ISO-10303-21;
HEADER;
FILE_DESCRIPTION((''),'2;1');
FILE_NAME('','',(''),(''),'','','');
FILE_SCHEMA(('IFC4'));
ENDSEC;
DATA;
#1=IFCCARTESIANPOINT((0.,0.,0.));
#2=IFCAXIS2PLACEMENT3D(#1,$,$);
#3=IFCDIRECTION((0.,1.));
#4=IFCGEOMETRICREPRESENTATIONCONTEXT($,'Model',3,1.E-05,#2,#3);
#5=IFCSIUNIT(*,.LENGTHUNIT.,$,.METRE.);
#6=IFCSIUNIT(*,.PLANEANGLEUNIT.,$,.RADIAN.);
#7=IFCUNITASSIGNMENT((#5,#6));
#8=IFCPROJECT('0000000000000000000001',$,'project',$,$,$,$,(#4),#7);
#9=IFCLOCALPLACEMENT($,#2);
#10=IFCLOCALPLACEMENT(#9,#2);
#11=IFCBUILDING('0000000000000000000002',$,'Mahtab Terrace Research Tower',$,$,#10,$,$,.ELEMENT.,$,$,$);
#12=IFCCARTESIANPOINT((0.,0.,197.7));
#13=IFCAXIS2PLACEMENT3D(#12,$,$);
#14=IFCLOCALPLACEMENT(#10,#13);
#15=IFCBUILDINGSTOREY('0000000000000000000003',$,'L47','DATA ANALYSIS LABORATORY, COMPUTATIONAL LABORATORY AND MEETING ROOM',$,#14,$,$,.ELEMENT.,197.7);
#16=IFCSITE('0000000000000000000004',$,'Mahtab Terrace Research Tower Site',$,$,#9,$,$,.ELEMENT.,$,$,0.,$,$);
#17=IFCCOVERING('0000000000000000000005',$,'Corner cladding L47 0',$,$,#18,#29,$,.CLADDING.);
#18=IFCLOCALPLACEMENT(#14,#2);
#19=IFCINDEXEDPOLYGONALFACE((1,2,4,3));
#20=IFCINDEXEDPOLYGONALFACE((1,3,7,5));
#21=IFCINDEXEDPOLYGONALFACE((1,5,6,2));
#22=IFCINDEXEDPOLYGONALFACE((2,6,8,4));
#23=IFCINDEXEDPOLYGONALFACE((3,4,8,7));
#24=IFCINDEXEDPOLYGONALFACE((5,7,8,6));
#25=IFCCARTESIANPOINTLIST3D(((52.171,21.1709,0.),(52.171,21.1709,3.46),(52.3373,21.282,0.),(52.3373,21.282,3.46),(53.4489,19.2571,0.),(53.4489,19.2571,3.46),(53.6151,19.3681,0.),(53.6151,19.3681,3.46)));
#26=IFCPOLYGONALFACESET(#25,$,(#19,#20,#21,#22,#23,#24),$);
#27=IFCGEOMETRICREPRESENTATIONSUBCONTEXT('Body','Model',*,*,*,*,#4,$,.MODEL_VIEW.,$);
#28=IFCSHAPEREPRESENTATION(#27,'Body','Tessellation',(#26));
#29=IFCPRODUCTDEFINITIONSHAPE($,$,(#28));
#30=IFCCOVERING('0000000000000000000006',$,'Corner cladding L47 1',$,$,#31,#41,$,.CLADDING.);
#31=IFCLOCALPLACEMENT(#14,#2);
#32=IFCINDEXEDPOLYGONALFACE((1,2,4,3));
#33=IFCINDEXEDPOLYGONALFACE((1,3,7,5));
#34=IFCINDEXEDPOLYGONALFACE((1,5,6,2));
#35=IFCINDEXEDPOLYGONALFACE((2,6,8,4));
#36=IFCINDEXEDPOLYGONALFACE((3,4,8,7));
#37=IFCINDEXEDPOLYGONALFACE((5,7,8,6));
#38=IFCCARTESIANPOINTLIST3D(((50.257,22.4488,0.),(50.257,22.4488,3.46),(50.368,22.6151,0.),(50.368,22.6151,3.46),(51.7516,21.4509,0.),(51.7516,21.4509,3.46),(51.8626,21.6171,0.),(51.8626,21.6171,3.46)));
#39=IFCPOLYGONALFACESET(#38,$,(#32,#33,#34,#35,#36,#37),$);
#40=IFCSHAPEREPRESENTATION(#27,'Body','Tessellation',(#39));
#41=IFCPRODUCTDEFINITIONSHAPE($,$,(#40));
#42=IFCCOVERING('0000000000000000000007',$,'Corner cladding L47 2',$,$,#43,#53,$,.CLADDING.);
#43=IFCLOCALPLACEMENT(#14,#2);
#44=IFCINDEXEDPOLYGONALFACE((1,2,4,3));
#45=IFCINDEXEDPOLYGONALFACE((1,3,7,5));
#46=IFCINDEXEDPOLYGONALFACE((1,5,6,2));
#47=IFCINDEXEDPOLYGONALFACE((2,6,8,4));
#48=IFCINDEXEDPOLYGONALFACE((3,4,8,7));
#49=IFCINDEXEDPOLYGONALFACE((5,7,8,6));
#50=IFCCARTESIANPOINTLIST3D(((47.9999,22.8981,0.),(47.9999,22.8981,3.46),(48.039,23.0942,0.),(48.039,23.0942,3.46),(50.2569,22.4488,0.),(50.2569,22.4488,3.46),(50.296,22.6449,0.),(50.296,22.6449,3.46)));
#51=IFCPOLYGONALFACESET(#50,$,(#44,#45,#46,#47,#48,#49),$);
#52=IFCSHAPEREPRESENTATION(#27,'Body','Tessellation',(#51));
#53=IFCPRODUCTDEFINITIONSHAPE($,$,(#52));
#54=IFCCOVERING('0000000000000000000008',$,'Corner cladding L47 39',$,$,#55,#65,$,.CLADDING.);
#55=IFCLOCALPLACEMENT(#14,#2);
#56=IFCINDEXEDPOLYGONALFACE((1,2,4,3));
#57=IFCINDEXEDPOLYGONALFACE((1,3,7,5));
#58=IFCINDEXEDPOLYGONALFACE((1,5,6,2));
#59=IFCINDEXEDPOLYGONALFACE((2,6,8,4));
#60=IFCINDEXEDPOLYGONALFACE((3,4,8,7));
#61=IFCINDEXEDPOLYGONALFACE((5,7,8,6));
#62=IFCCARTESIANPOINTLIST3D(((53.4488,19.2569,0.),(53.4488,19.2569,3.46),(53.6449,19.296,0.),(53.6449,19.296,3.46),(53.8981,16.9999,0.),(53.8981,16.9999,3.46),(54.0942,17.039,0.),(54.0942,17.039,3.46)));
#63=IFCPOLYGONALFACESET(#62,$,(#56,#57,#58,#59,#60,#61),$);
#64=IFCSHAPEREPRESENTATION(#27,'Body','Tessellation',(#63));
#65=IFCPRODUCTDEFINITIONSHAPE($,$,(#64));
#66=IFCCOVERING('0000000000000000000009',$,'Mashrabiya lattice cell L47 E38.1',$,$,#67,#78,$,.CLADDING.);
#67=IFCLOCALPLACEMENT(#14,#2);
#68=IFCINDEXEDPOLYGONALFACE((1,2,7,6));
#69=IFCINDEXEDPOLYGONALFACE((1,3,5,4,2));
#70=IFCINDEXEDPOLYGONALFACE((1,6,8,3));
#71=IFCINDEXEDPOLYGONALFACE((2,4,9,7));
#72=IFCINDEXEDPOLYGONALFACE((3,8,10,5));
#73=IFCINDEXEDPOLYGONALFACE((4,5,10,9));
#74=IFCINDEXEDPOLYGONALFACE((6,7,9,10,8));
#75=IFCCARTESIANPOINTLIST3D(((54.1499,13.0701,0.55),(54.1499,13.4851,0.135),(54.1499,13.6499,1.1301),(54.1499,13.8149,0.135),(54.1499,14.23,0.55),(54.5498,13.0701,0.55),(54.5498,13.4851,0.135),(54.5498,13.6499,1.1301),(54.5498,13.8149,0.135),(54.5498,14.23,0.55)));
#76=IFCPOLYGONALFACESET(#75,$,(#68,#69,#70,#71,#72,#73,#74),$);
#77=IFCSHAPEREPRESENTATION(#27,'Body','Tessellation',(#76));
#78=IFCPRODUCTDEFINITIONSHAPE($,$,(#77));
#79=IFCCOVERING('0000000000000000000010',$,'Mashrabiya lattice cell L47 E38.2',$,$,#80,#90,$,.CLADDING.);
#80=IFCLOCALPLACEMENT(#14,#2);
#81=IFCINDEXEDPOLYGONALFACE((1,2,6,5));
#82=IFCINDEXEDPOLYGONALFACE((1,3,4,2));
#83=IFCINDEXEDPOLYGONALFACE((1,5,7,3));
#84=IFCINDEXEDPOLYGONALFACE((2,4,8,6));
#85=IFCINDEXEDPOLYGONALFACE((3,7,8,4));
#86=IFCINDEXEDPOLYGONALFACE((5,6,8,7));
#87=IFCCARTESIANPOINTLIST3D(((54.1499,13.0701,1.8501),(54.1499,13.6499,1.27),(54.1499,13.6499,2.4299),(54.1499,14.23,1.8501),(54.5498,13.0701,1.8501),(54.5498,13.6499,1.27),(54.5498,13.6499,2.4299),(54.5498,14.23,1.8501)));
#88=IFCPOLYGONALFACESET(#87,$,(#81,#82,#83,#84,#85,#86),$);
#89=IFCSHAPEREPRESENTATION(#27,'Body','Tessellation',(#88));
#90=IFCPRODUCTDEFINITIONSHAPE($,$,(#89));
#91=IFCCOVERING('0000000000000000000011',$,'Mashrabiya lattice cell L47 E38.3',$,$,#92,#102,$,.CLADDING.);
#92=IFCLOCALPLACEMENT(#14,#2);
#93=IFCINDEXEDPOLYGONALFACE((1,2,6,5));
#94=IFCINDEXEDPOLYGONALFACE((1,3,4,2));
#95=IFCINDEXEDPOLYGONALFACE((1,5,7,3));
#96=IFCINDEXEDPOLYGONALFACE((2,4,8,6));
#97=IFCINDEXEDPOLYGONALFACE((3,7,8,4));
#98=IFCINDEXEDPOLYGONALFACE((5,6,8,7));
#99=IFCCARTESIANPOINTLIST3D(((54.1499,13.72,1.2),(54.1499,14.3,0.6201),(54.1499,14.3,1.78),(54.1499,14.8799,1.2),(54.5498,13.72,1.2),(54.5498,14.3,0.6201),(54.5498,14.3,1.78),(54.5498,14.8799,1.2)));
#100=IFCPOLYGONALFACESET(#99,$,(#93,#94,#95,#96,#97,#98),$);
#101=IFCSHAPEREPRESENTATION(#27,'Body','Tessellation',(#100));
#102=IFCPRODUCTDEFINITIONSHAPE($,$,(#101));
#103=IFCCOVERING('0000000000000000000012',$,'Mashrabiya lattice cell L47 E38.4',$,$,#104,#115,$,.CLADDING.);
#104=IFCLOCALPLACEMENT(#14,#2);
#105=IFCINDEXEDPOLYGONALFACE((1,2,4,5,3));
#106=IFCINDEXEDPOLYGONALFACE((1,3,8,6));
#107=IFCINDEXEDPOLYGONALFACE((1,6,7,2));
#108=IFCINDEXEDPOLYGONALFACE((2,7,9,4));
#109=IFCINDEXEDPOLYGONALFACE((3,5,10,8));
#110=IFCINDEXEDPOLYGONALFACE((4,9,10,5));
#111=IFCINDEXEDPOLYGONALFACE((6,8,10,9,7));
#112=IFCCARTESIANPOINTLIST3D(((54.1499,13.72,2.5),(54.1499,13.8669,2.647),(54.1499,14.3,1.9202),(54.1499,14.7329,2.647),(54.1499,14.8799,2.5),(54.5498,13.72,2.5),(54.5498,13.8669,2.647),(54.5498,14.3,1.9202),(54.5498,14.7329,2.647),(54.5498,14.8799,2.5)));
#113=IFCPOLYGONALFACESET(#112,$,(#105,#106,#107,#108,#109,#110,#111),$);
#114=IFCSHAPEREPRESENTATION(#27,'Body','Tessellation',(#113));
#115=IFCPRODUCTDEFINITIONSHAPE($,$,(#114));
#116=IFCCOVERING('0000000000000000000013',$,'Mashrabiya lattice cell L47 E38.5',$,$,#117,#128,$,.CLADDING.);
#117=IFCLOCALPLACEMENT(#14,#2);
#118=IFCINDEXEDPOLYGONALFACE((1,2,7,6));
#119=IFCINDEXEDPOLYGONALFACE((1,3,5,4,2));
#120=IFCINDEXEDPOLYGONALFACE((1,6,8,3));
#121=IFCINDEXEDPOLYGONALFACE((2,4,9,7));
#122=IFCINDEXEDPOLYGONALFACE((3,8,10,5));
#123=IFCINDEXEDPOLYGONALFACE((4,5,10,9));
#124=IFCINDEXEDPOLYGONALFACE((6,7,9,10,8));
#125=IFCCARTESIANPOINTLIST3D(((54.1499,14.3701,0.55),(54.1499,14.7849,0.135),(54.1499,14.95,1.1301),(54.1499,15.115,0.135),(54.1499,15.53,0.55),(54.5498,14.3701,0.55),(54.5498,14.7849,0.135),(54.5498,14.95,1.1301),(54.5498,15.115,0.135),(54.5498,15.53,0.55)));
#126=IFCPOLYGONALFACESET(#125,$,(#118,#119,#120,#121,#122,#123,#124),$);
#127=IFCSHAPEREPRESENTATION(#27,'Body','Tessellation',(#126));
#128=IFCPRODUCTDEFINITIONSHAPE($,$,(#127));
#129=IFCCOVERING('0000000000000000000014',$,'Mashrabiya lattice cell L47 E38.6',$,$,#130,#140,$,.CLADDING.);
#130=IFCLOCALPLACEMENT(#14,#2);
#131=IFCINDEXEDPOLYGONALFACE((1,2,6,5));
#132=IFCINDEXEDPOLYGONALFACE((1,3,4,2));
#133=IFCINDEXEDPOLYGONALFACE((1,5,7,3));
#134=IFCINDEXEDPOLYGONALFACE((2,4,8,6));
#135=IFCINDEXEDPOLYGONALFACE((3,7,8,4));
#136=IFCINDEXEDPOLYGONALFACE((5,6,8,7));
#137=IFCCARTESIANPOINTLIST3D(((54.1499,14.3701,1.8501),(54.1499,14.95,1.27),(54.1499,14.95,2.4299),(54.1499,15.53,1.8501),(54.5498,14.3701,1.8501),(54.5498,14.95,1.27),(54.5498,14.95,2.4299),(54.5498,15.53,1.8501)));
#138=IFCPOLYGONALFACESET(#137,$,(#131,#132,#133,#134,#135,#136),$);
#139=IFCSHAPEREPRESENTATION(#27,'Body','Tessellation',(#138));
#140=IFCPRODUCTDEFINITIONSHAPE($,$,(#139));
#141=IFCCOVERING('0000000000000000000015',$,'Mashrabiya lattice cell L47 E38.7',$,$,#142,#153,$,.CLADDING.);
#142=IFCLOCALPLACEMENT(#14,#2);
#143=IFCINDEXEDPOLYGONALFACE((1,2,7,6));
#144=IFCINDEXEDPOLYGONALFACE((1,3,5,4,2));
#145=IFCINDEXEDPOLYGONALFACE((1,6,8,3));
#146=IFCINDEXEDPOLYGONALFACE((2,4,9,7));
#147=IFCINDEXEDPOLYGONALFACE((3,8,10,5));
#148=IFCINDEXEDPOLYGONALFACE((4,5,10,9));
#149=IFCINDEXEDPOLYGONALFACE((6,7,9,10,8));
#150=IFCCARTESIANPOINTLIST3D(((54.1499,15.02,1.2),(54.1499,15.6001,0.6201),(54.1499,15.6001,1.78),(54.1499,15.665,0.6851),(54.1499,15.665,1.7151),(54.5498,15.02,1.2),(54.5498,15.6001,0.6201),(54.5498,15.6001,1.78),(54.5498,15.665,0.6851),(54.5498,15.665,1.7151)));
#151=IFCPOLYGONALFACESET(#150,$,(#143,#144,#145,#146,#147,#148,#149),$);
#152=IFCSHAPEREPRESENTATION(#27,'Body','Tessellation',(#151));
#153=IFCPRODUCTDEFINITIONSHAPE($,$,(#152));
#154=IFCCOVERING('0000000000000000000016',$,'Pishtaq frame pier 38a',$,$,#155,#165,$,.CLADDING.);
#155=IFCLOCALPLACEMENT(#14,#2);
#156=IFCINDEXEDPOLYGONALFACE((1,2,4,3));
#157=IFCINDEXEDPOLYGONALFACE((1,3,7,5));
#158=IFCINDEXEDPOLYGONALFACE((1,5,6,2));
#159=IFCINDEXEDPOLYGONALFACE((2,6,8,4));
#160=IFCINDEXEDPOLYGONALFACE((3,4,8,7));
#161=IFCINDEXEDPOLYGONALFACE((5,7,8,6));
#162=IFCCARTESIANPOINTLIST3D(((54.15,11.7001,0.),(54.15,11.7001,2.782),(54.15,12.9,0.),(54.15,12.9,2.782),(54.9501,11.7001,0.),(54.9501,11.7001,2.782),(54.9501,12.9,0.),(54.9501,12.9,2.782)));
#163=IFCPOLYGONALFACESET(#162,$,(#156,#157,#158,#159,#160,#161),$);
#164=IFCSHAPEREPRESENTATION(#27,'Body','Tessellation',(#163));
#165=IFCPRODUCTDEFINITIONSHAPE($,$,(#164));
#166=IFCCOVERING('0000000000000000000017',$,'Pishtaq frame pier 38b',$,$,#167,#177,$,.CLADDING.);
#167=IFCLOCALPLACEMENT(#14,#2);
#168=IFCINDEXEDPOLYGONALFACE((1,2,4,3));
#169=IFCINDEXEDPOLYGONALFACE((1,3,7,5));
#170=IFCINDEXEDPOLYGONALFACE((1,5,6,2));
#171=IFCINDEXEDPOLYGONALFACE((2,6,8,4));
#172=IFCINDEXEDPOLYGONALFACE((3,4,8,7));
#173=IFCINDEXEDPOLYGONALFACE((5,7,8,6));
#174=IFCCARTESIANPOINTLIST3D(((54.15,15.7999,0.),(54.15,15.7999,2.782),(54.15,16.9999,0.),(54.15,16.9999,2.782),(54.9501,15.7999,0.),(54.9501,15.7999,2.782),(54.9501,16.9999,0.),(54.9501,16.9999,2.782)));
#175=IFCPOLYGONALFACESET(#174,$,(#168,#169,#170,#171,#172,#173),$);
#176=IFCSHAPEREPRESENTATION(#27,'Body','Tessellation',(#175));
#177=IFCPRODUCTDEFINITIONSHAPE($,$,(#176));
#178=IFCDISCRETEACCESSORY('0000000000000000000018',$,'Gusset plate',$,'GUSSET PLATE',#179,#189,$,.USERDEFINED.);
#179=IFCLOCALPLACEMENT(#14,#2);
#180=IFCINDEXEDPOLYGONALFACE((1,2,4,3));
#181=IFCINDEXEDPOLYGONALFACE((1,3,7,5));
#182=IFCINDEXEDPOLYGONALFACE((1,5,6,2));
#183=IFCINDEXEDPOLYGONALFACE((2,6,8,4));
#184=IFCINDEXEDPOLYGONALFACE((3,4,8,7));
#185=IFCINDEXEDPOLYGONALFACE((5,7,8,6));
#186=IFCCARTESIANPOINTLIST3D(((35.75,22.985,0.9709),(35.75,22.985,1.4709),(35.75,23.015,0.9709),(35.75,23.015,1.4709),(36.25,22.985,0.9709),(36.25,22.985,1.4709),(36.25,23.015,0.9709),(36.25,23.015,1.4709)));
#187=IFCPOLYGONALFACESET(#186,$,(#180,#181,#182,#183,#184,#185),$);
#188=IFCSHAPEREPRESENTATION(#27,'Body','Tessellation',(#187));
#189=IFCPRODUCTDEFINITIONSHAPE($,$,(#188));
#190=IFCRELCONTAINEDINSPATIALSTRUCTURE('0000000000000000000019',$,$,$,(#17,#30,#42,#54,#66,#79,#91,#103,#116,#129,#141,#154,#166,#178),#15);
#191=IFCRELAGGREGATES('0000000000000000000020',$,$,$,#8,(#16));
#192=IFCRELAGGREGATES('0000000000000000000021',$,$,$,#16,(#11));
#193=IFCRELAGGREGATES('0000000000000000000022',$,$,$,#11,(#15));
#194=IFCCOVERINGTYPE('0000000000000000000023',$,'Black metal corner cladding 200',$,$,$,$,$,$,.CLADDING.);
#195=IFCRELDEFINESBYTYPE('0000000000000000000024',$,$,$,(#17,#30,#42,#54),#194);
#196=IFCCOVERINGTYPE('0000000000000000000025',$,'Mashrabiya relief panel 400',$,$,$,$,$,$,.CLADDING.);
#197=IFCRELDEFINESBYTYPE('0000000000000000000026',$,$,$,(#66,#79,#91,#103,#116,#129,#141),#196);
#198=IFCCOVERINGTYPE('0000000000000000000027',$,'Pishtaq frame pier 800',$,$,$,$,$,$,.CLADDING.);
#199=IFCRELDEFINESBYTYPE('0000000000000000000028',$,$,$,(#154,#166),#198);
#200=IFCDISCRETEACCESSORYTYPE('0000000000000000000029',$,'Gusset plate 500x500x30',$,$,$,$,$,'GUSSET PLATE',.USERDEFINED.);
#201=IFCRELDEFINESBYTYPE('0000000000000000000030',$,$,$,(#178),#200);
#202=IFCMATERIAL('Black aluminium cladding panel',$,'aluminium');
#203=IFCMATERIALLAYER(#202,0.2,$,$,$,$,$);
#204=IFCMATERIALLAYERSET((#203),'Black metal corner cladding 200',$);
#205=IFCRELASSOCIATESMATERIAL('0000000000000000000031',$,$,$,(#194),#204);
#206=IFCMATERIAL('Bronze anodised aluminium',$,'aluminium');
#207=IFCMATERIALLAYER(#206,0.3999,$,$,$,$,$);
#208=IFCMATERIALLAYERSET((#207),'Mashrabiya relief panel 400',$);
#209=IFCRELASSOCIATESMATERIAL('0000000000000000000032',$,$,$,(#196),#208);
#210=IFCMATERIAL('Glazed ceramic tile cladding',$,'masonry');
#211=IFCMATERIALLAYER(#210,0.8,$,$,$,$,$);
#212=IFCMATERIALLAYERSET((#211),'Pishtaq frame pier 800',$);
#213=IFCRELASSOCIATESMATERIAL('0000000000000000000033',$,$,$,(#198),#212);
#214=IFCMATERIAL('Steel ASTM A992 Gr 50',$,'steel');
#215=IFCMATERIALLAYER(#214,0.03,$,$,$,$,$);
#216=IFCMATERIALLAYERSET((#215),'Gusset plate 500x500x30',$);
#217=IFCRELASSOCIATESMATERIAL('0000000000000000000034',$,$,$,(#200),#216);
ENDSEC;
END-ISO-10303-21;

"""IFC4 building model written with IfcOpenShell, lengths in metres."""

from ifc_helpers import new_model, si_unit, direction, frame, origin, origin_2d, place, context, subcontext, project, spatial, polyline, rectangle, outline, extrude, material, layer, layer_set, type_object, element, save


model = new_model("IFC4")

# Units and contexts
model_context = context("Model", 3, precision=1e-05, world=origin(), true_north=direction((0.0, 1.0)))
body_context = subcontext(model_context, "Body", "Model", "MODEL_VIEW")
ifc_project = project(units=[si_unit("LENGTHUNIT", "METRE"), si_unit("PLANEANGLEUNIT", "RADIAN")], contexts=[model_context])

# Site, building, storey
site_placement = place(None, origin())
site = spatial("IfcSite", under=ifc_project, at=site_placement, Name="Mahtab Terrace Research Tower Site", CompositionType="ELEMENT", RefElevation=0.0)
building_placement = place(site_placement, origin())
building = spatial("IfcBuilding", under=site, at=building_placement, Name="Mahtab Terrace Research Tower", CompositionType="ELEMENT")
storey_placement = place(building_placement, frame((0.0, 0.0, 197.7)))
storey = spatial("IfcBuildingStorey", under=building, at=storey_placement, Name="L47", Description="DATA ANALYSIS LABORATORY, COMPUTATIONAL LABORATORY AND MEETING ROOM", CompositionType="ELEMENT", Elevation=197.7)

# Shared definitions
ifc_material_1 = material(Name="Steel ASTM A992 Gr 50", Category="steel")

# Shared definitions
ifc_material_2 = material(Name="Black aluminium cladding panel", Category="aluminium")

# Coverings
ifc_layer_1 = layer(ifc_material_2, 0.2)
ifc_layer_set_1 = layer_set([ifc_layer_1], Name="Black metal corner cladding 200")
covering_type_1 = type_object("IfcCoveringType", Name="Black metal corner cladding 200", PredefinedType="CLADDING", material=ifc_layer_set_1)
covering_1_placement = place(storey_placement, frame((52.8931, 20.2695, 0.0), z_axis=(0.0, 0.0, 1.0), x_axis=(-0.555291, 0.831656, 0.0)))
element("IfcCovering", 1, at=covering_1_placement, inside=storey, type_object=covering_type_1, Name="Corner cladding L47 0", PredefinedType="CLADDING", context=body_context, shape_type="SweptSolid", body=[
    extrude(rectangle(XDim=2.3013, YDim=0.2, at=origin_2d()), origin(), (0.0, 0.0, 1.0), 3.46),
])
covering_2_placement = place(storey_placement, frame((51.0598, 22.033, 0.0), z_axis=(0.0, 0.0, 1.0), x_axis=(-0.831656, 0.555291, 0.0)))
element("IfcCovering", 2, at=covering_2_placement, inside=storey, type_object=covering_type_1, Name="Corner cladding L47 1", PredefinedType="CLADDING", context=body_context, shape_type="SweptSolid", body=[
    extrude(rectangle(XDim=1.7971, YDim=0.2, at=origin_2d()), origin(), (0.0, 0.0, 1.0), 3.46),
])
for number, where, z_axis, x_axis, name in (
    (3, (49.1479, 22.7715, 0.0), (0.0, 0.0, 1.0), (-0.980761, 0.195212, 0.0), "Corner cladding L47 2"),
    (4, (53.7715, 18.1479, 0.0), (0.0, 0.0, 1.0), (-0.195212, 0.980761, 0.0), "Corner cladding L47 39"),
):
    element("IfcCovering", number, at=place(storey_placement, frame(where, z_axis=z_axis, x_axis=x_axis)), inside=storey, type_object=covering_type_1, Name=name, PredefinedType="CLADDING", context=body_context, shape_type="SweptSolid", body=[
        extrude(rectangle(XDim=2.3013, YDim=0.2, at=origin_2d()), origin(), (0.0, 0.0, 1.0), 3.46),
    ])
ifc_material_3 = material(Name="Bronze anodised aluminium", Category="aluminium")
ifc_layer_2 = layer(ifc_material_3, 0.3999)
ifc_layer_set_2 = layer_set([ifc_layer_2], Name="Mashrabiya relief panel 400")
covering_type_2 = type_object("IfcCoveringType", Name="Mashrabiya relief panel 400", PredefinedType="CLADDING", material=ifc_layer_set_2)
covering_3_placement = place(storey_placement, frame((54.1499, 13.0701, 0.55), z_axis=(-1.0, 0.0, 0.0), x_axis=(0.0, 0.706958, 0.707256)))
element("IfcCovering", 5, at=covering_3_placement, inside=storey, type_object=covering_type_2, Name="Mashrabiya lattice cell L47 E38.1", PredefinedType="CLADDING", context=body_context, shape_type="SweptSolid", body=[
    extrude(outline(polyline([(0.0, 0.0), (0.8202, 0.0), (0.82, 0.8204), (0.2331, 0.8202), (-0.0001, 0.587), (0.0, 0.0)])), origin(), (0.0, 0.0, -1.0), 0.3999),
])
covering_4_placement = place(storey_placement, frame((54.1499, 13.6499, 2.4299), z_axis=(-1.0, 0.0, 0.0), x_axis=(0.0, 0.707256, -0.706958)))
element("IfcCovering", 6, at=covering_4_placement, inside=storey, type_object=covering_type_2, Name="Mashrabiya lattice cell L47 E38.2", PredefinedType="CLADDING", context=body_context, shape_type="SweptSolid", body=[
    extrude(outline(polyline([(0.0, 0.0), (0.8202, 0.0), (0.82, 0.8204), (-0.0002, 0.82), (0.0, 0.0)])), origin(), (0.0, 0.0, -1.0), 0.3999),
])
covering_5_placement = place(storey_placement, frame((54.1499, 14.3, 1.78), z_axis=(-1.0, 0.0, 0.0), x_axis=(0.0, 0.706958, -0.707256)))
element("IfcCovering", 7, at=covering_5_placement, inside=storey, type_object=covering_type_2, Name="Mashrabiya lattice cell L47 E38.3", PredefinedType="CLADDING", context=body_context, shape_type="SweptSolid", body=[
    extrude(outline(polyline([(0.0, 0.0), (0.8202, 0.0), (0.8204, 0.82), (0.0002, 0.8204), (0.0, 0.0)])), origin(), (0.0, 0.0, -1.0), 0.3999),
])
covering_6_placement = place(storey_placement, frame((54.1499, 14.8799, 2.5), z_axis=(-1.0, 0.0, 0.0), x_axis=(0.0, -0.707107, -0.707107)))
element("IfcCovering", 8, at=covering_6_placement, inside=storey, type_object=covering_type_2, Name="Mashrabiya lattice cell L47 E38.4", PredefinedType="CLADDING", context=body_context, shape_type="SweptSolid", body=[
    extrude(outline(polyline([(0.0, 0.0), (0.82, 0.0), (0.8202, 0.8202), (0.6123, 0.8202), (0.0, 0.2079), (0.0, 0.0)])), origin(), (0.0, 0.0, -1.0), 0.3999),
])
covering_7_placement = place(storey_placement, frame((54.1499, 14.3701, 0.55), z_axis=(-1.0, 0.0, 0.0), x_axis=(0.0, 0.706958, 0.707256)))
element("IfcCovering", 9, at=covering_7_placement, inside=storey, type_object=covering_type_2, Name="Mashrabiya lattice cell L47 E38.5", PredefinedType="CLADDING", context=body_context, shape_type="SweptSolid", body=[
    extrude(outline(polyline([(0.0, 0.0), (0.8202, 0.0), (0.82, 0.8204), (0.2331, 0.8202), (-0.0003, 0.5868), (0.0, 0.0)])), origin(), (0.0, 0.0, -1.0), 0.3999),
])
covering_8_placement = place(storey_placement, frame((54.1499, 14.95, 2.4299), z_axis=(-1.0, 0.0, 0.0), x_axis=(0.0, 0.707256, -0.706958)))
element("IfcCovering", 10, at=covering_8_placement, inside=storey, type_object=covering_type_2, Name="Mashrabiya lattice cell L47 E38.6", PredefinedType="CLADDING", context=body_context, shape_type="SweptSolid", body=[
    extrude(outline(polyline([(0.0, 0.0), (0.8202, 0.0), (0.82, 0.8204), (-0.0002, 0.82), (0.0, 0.0)])), origin(), (0.0, 0.0, -1.0), 0.3999),
])
covering_9_placement = place(storey_placement, frame((54.1499, 15.6001, 0.6201), z_axis=(-1.0, 0.0, 0.0), x_axis=(0.0, -0.707256, 0.706958)))
element("IfcCovering", 11, at=covering_9_placement, inside=storey, type_object=covering_type_2, Name="Mashrabiya lattice cell L47 E38.7", PredefinedType="CLADDING", context=body_context, shape_type="SweptSolid", body=[
    extrude(outline(polyline([(0.0, 0.0), (0.8202, 0.0), (0.82, 0.8204), (0.7282, 0.8203), (0.0, 0.0918), (0.0, 0.0)])), origin(), (0.0, 0.0, -1.0), 0.3999),
])
ifc_material_4 = material(Name="Glazed ceramic tile cladding", Category="masonry")
ifc_layer_3 = layer(ifc_material_4, 0.8)
ifc_layer_set_3 = layer_set([ifc_layer_3], Name="Pishtaq frame pier 800")
covering_type_3 = type_object("IfcCoveringType", Name="Pishtaq frame pier 800", PredefinedType="CLADDING", material=ifc_layer_set_3)
for number, where, z_axis, x_axis, name in (
    (12, (54.55, 12.3, 0.0), (0.0, 0.0, 1.0), (0.0, 1.0, 0.0), "Pishtaq frame pier 38a"),
    (13, (54.55, 16.3999, 0.0), (0.0, 0.0, 1.0), (0.0, 1.0, 0.0), "Pishtaq frame pier 38b"),
):
    element("IfcCovering", number, at=place(storey_placement, frame(where, z_axis=z_axis, x_axis=x_axis)), inside=storey, type_object=covering_type_3, Name=name, PredefinedType="CLADDING", context=body_context, shape_type="SweptSolid", body=[
        extrude(rectangle(XDim=1.2, YDim=0.8, at=origin_2d()), origin(), (0.0, 0.0, 1.0), 2.782),
    ])

# Discrete accessory
ifc_layer_4 = layer(ifc_material_1, 0.03)
ifc_layer_set_4 = layer_set([ifc_layer_4], Name="Gusset plate 500x500x30")
discrete_accessory_type = type_object("IfcDiscreteAccessoryType", Name="Gusset plate 500x500x30", ElementType="GUSSET PLATE", PredefinedType="USERDEFINED", material=ifc_layer_set_4)
for number, where, z_axis, x_axis, name in (
    (14, (36.0, 23.0, 0.9709), (0.0, 0.0, 1.0), (1.0, 0.0, 0.0), "Gusset plate"),
):
    element("IfcDiscreteAccessory", number, at=place(storey_placement, frame(where, z_axis=z_axis, x_axis=x_axis)), inside=storey, type_object=discrete_accessory_type, Name=name, ObjectType="GUSSET PLATE", PredefinedType="USERDEFINED", context=body_context, shape_type="SweptSolid", body=[
        extrude(rectangle(XDim=0.5, YDim=0.03, at=origin_2d()), origin(), (0.0, 0.0, 1.0), 0.5),
    ])

save(model, "model.ifc")
